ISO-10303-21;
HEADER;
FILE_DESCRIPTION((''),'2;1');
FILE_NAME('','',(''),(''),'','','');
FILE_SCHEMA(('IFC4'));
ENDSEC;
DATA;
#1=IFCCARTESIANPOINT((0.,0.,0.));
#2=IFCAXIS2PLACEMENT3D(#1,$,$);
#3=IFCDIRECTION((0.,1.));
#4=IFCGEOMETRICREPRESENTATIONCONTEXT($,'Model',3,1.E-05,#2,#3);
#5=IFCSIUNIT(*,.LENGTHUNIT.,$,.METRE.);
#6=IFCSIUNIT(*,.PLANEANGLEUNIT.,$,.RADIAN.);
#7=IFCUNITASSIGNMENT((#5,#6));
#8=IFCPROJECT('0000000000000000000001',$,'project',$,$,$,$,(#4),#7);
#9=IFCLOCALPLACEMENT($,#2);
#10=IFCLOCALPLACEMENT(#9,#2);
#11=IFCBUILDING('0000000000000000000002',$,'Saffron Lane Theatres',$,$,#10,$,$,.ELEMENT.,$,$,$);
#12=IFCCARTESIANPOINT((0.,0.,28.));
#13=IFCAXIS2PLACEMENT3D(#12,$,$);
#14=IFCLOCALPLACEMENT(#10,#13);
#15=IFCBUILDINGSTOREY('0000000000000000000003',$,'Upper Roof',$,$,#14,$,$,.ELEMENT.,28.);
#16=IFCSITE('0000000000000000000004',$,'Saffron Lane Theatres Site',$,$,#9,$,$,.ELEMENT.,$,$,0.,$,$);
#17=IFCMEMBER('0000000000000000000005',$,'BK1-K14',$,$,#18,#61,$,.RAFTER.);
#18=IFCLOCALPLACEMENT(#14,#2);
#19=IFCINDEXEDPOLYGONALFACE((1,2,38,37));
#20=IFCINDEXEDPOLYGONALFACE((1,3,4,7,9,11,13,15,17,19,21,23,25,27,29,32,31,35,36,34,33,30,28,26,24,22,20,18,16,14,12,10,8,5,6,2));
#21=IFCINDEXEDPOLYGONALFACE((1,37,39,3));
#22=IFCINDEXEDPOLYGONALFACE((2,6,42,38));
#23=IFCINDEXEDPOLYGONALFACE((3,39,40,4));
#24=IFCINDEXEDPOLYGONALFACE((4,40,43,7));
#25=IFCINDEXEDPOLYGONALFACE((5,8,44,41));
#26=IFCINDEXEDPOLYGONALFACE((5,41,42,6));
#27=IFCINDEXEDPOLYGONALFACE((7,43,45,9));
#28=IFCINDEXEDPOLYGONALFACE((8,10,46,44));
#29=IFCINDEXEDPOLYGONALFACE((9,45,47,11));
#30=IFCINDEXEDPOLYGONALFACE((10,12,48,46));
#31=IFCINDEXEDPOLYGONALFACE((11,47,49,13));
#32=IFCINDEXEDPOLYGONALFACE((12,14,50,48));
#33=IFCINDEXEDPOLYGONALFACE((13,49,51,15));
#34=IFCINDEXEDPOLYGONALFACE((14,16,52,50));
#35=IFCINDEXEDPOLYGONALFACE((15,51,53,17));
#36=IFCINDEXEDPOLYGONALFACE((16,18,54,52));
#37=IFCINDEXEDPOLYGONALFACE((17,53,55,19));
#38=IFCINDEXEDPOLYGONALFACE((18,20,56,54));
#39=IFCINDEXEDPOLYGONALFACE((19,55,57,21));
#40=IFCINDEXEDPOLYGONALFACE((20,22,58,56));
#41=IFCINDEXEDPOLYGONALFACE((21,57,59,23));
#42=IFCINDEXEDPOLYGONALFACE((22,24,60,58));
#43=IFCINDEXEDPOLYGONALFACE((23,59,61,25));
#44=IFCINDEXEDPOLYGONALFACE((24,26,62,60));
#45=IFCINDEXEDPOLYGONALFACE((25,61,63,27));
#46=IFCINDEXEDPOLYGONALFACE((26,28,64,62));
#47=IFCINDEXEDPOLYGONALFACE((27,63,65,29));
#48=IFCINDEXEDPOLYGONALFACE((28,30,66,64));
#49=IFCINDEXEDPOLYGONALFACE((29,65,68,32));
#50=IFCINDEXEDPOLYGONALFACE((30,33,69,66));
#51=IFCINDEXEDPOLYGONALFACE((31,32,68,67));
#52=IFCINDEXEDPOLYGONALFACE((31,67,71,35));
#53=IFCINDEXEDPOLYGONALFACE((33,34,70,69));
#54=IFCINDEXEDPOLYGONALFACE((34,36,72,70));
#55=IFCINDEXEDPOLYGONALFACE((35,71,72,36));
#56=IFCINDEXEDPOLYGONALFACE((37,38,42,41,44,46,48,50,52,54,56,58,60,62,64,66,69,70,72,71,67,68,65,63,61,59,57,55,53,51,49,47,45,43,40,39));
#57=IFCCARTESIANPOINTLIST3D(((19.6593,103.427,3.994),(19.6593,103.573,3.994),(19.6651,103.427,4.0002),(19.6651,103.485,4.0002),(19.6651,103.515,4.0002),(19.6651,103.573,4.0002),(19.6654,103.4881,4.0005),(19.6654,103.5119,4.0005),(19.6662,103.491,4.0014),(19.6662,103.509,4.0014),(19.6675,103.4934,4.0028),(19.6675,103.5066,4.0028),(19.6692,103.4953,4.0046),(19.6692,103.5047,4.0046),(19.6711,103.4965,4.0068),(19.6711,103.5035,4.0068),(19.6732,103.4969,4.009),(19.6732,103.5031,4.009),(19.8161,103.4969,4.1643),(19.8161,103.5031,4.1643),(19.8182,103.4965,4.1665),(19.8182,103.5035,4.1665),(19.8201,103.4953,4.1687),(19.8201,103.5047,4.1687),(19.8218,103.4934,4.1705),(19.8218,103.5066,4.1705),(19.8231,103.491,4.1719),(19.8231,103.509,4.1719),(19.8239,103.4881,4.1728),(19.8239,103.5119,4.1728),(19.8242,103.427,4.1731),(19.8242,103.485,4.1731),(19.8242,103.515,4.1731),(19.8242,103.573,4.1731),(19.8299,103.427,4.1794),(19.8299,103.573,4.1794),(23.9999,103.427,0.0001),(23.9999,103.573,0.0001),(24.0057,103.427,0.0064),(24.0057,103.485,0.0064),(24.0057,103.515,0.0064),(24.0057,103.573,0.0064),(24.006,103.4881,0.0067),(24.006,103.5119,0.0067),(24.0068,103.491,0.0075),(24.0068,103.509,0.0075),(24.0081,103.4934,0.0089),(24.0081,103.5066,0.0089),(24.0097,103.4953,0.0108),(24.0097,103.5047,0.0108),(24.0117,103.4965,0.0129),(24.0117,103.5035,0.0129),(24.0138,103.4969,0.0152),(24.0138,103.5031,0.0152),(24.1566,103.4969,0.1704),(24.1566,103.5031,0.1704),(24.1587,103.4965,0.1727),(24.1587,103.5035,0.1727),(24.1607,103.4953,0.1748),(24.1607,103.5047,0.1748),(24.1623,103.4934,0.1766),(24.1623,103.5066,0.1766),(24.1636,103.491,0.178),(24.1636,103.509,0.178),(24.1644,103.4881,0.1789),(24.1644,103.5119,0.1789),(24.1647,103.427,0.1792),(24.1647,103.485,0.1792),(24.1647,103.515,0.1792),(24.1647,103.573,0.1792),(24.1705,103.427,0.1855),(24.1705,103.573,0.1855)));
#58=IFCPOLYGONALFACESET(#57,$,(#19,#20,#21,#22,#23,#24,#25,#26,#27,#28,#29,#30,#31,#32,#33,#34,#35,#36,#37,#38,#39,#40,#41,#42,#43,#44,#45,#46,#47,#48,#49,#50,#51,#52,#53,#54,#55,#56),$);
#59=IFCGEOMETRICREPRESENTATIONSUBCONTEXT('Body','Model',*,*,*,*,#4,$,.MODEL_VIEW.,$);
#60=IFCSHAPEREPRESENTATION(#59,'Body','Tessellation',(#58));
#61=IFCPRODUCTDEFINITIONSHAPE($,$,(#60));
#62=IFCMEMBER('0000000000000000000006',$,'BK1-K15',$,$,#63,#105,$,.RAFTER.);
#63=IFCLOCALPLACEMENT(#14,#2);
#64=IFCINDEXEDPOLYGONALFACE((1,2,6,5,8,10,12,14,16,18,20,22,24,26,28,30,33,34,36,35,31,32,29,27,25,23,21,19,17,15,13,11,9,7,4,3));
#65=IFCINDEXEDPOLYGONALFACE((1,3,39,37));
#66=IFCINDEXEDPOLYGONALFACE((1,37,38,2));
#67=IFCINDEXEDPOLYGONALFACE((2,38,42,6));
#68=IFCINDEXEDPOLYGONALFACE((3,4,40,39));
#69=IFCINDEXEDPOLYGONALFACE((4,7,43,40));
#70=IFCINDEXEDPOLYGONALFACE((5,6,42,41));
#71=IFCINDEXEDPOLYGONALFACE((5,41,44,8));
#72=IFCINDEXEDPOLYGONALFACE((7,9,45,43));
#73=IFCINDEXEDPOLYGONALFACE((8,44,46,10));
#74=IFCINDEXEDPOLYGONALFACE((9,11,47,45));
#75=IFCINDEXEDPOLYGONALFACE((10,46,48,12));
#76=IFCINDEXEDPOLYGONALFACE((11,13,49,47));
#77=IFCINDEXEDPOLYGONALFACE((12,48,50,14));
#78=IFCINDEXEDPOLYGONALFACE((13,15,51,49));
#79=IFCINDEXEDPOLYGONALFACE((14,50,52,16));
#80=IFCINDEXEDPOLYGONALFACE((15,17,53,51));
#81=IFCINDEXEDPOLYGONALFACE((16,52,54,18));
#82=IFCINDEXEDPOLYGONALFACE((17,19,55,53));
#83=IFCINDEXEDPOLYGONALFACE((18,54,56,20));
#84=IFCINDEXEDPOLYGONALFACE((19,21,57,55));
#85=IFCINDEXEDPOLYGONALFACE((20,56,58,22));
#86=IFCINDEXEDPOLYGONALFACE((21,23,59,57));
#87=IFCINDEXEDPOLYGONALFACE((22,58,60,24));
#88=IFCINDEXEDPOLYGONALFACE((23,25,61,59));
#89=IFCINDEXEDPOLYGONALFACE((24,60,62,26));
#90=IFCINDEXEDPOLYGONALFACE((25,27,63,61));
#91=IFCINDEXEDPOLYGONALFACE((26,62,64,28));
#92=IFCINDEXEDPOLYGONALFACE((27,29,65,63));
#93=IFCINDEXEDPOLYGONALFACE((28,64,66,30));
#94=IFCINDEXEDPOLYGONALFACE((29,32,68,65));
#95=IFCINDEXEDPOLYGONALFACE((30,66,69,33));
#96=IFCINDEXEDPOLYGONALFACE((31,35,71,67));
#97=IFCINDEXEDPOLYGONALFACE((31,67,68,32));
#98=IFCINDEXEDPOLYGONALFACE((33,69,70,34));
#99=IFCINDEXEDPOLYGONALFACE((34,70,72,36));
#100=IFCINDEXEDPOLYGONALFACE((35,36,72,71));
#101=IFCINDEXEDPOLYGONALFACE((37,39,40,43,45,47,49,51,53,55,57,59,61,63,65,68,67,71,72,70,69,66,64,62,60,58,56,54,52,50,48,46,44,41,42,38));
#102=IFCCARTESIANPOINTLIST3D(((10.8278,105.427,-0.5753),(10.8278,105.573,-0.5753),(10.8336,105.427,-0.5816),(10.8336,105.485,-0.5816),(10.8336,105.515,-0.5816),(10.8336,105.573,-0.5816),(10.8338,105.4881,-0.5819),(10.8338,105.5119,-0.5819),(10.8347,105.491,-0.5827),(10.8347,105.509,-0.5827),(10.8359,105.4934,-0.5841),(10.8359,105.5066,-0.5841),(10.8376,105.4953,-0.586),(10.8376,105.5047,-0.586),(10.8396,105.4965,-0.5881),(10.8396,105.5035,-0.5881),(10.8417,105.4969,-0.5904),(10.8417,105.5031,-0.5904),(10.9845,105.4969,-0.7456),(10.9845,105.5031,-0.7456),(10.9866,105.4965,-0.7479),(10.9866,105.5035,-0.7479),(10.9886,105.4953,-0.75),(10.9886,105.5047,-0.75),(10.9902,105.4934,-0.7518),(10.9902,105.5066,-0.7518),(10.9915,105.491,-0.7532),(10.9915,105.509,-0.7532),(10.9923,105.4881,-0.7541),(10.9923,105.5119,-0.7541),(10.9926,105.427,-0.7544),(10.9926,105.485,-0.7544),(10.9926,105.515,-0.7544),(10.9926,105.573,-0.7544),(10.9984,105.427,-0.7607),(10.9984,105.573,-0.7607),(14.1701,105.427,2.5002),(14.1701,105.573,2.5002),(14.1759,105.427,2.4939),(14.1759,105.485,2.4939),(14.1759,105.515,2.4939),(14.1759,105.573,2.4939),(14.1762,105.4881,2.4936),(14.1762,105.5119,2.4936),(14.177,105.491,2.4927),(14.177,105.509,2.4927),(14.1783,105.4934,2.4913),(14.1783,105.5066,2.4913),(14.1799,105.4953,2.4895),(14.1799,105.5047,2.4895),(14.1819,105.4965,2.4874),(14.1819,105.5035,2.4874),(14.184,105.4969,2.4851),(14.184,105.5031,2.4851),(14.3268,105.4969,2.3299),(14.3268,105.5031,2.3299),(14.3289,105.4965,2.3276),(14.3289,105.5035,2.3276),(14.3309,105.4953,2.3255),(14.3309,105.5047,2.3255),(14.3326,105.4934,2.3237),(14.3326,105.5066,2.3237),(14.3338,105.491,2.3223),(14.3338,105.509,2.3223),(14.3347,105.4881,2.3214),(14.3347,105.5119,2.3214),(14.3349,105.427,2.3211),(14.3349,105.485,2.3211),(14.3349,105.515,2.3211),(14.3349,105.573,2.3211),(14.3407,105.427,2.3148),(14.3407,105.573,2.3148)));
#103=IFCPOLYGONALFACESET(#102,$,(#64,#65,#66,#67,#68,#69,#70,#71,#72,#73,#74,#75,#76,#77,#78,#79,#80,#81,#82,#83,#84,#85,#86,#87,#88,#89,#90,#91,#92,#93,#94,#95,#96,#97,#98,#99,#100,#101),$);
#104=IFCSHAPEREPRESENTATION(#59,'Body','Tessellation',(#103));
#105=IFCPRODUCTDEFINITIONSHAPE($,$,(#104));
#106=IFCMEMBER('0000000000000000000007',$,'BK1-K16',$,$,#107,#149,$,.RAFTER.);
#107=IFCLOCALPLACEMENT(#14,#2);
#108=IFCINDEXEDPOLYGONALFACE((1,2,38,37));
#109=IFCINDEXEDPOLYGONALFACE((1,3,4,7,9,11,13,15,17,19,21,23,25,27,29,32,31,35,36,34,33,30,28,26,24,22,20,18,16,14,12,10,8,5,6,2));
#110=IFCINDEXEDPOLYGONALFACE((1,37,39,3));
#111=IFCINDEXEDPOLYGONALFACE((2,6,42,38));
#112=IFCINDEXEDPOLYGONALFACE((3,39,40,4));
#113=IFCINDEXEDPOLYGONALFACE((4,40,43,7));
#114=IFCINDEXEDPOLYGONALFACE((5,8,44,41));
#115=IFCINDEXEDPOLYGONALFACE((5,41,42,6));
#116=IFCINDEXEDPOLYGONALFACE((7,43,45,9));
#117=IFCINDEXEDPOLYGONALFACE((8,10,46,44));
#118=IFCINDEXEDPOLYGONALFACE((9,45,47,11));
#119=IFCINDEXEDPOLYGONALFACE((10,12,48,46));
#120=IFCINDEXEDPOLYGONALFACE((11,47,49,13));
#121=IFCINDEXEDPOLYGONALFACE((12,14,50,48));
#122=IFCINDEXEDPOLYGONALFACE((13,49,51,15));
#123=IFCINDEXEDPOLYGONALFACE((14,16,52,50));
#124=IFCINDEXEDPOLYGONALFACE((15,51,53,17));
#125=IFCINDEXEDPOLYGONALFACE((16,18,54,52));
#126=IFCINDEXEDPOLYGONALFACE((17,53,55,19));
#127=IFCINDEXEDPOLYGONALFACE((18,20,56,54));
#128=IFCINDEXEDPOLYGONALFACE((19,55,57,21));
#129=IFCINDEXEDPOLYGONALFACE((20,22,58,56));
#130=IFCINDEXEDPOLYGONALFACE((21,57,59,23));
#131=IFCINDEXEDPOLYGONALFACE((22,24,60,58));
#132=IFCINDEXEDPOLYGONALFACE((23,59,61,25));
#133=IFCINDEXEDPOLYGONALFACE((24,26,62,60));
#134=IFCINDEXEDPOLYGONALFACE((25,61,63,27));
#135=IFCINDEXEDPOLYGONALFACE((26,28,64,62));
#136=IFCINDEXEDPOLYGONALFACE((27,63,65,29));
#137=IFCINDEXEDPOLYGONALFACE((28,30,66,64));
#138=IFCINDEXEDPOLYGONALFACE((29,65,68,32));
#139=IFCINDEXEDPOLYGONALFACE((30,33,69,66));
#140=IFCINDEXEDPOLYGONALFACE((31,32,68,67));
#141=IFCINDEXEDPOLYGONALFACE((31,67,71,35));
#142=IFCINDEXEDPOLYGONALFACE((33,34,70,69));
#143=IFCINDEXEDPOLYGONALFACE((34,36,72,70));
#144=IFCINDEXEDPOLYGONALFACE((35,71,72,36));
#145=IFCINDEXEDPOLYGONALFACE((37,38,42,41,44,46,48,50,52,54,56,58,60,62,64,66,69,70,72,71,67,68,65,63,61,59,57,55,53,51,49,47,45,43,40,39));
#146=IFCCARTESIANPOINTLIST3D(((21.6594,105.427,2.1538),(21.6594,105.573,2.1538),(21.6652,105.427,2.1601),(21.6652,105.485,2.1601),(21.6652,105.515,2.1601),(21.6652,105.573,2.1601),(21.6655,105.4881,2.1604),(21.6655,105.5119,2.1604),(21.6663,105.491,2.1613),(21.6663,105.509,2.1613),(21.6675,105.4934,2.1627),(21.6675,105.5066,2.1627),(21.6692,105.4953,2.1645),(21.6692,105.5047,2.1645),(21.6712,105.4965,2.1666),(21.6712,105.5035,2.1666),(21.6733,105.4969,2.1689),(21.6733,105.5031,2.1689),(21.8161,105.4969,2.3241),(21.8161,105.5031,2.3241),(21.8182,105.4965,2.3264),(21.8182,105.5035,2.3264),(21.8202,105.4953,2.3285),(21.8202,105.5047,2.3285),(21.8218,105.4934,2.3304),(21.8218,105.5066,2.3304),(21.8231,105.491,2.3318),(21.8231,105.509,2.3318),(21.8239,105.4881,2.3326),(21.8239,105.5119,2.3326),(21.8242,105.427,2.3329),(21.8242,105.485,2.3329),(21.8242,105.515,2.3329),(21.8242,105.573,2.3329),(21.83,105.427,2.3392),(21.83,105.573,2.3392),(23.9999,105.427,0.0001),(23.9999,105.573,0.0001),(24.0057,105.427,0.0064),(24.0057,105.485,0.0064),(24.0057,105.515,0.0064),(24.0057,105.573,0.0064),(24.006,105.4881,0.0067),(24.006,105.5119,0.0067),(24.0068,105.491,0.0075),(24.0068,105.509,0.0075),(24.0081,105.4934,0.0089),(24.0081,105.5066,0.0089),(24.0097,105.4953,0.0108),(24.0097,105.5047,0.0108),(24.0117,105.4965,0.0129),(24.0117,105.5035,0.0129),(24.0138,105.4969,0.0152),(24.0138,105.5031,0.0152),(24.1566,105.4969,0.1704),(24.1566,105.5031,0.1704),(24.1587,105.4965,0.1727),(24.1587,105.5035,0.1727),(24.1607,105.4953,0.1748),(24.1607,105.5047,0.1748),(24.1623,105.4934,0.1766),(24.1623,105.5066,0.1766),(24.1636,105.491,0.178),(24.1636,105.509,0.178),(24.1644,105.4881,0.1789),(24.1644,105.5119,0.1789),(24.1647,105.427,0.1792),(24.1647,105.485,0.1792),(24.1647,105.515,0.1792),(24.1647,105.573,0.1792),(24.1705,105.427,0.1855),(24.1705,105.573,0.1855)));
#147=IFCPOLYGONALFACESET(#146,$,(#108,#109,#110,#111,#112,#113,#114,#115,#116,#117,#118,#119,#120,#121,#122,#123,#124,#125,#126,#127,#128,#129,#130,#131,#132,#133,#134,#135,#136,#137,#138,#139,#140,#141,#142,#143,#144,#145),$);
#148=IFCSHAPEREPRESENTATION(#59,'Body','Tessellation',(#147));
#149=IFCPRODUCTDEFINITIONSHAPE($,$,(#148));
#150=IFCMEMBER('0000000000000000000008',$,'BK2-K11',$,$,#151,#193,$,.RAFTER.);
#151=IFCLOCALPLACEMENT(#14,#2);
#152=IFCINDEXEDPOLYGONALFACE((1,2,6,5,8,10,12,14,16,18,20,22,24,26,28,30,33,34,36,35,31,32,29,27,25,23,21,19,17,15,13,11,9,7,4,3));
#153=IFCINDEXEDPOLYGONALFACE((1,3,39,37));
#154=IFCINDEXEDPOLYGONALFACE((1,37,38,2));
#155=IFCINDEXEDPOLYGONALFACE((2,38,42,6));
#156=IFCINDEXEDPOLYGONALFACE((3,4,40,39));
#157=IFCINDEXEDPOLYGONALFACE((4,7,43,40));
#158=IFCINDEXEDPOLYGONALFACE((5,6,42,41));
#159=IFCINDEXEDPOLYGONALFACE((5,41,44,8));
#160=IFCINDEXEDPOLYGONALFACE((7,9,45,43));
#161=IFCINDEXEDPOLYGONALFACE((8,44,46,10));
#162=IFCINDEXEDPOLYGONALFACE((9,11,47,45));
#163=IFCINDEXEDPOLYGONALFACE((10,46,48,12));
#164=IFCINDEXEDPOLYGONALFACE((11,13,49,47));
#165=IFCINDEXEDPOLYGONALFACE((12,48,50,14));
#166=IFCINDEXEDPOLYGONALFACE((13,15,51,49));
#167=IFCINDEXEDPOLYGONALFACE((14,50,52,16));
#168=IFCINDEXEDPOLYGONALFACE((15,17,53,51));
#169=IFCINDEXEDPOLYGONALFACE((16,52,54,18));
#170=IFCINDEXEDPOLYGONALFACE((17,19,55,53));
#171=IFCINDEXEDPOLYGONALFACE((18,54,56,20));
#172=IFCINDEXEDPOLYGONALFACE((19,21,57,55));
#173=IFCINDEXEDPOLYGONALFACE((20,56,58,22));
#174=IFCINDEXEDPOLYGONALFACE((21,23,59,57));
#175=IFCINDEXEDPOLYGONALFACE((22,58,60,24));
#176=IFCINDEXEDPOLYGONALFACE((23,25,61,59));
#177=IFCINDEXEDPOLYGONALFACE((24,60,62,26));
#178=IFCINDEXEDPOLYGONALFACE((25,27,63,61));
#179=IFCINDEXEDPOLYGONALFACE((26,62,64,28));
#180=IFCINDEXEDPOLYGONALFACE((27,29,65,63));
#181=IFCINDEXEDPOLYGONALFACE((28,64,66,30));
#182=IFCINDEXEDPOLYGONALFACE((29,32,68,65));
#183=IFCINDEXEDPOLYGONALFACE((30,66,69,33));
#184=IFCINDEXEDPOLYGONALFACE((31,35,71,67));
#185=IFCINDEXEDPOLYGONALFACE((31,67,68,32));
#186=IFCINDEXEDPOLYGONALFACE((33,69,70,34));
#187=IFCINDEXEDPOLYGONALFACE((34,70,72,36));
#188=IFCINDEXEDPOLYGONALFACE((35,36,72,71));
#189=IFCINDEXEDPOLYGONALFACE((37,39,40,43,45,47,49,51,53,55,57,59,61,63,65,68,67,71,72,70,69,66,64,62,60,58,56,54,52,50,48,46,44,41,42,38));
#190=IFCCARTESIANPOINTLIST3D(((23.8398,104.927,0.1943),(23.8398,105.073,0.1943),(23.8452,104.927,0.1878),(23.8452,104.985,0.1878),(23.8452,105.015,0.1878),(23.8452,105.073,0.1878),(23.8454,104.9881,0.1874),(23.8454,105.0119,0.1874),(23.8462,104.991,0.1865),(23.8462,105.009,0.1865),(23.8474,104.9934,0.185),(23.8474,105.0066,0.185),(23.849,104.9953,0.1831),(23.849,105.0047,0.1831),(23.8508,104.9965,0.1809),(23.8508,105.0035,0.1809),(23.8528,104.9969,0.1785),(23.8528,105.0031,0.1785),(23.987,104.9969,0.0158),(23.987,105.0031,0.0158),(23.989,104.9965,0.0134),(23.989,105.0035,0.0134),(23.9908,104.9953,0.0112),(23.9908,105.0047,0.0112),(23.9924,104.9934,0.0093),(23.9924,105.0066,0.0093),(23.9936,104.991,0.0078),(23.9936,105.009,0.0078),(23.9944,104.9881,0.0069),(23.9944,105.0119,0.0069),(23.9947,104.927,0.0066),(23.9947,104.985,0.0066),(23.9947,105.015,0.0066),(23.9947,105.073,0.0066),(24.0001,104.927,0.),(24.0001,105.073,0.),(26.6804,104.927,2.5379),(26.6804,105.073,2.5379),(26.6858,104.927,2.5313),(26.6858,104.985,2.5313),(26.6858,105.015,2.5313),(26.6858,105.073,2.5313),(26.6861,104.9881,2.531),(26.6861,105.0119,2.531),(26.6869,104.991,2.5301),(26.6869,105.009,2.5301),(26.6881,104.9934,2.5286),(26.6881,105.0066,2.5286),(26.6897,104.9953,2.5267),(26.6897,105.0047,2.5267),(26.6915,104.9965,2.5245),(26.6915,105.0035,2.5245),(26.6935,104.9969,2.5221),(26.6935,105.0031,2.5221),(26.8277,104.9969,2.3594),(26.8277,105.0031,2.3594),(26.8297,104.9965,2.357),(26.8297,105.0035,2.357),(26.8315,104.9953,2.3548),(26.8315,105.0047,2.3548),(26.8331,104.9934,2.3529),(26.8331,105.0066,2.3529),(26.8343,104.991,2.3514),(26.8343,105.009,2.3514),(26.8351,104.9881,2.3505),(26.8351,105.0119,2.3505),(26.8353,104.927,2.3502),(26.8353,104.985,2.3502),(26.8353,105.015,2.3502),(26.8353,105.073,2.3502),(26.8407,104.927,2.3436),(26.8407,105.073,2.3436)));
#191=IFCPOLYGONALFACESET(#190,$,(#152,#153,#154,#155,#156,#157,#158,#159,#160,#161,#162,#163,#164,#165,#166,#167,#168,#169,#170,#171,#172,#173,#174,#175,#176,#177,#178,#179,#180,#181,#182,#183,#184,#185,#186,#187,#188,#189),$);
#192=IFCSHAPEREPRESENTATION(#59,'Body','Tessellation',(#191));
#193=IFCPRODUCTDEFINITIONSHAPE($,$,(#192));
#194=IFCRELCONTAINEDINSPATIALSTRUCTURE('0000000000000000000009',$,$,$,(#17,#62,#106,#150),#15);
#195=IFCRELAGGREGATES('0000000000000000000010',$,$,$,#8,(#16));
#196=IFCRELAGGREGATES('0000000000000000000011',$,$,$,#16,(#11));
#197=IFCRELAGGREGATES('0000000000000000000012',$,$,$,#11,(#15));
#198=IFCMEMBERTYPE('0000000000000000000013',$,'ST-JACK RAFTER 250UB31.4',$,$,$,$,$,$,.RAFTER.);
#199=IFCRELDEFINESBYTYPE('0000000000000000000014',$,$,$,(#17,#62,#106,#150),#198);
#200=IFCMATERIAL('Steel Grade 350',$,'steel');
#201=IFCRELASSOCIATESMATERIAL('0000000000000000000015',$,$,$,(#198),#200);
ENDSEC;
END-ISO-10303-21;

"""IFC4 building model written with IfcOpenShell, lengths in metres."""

from ifc_helpers import new_model, si_unit, direction, frame, origin, origin_2d, place, context, subcontext, project, spatial, i_section, extrude, material, material_profile, profile_set, type_object, element, save


model = new_model("IFC4")

# Units and contexts
model_context = context("Model", 3, precision=1e-05, world=origin(), true_north=direction((0.0, 1.0)))
body_context = subcontext(model_context, "Body", "Model", "MODEL_VIEW")
ifc_project = project(units=[si_unit("LENGTHUNIT", "METRE"), si_unit("PLANEANGLEUNIT", "RADIAN")], contexts=[model_context])

# Site, building, storey
site_placement = place(None, origin())
site = spatial("IfcSite", under=ifc_project, at=site_placement, Name="Saffron Lane Theatres Site", CompositionType="ELEMENT", RefElevation=0.0)
building_placement = place(site_placement, origin())
building = spatial("IfcBuilding", under=site, at=building_placement, Name="Saffron Lane Theatres", CompositionType="ELEMENT")
storey_placement = place(building_placement, frame((0.0, 0.0, 28.0)))
storey = spatial("IfcBuildingStorey", under=building, at=storey_placement, Name="Upper Roof", CompositionType="ELEMENT", Elevation=28.0)

# Members
ifc_material_1 = material(Name="Steel Grade 350", Category="steel")
ifc_material_profile_1 = material_profile(ifc_material_1, i_section(OverallWidth=0.146, OverallDepth=0.252, WebThickness=0.0061, FlangeThickness=0.0085, FilletRadius=0.012, at=origin_2d()))
ifc_profile_set_1 = profile_set([ifc_material_profile_1], Name="Steel Grade 350")
member_type_1 = type_object("IfcMemberType", Name="ST-JACK RAFTER 250UB31.4", PredefinedType="RAFTER", material=ifc_profile_set_1)
member_1_placement = place(storey_placement, frame((24.0852, 103.5, 0.0928), z_axis=(-0.735883, 0.0, 0.677109), x_axis=(0.0, -1.0, 0.0)))
element("IfcMember", 1, at=member_1_placement, inside=storey, type_object=member_type_1, Name="BK1-K14", PredefinedType="RAFTER", context=body_context, shape_type="SweptSolid", body=[
    extrude(i_section(OverallWidth=0.146, OverallDepth=0.252, WebThickness=0.0061, FlangeThickness=0.0085, FilletRadius=0.012, at=origin_2d()), origin(), (0.0, 0.0, 1.0), 5.8984),
])
member_2_placement = place(storey_placement, frame((10.9131, 105.5, -0.668), z_axis=(0.735872, 0.0, 0.677121), x_axis=(0.0, 1.0, 0.0)))
element("IfcMember", 2, at=member_2_placement, inside=storey, type_object=member_type_1, Name="BK1-K15", PredefinedType="RAFTER", context=body_context, shape_type="SweptSolid", body=[
    extrude(i_section(OverallWidth=0.146, OverallDepth=0.252, WebThickness=0.0061, FlangeThickness=0.0085, FilletRadius=0.012, at=origin_2d()), origin(), (0.0, 0.0, 1.0), 4.542),
])
member_3_placement = place(storey_placement, frame((24.0852, 105.5, 0.0928), z_axis=(-0.735856, 0.0, 0.677138), x_axis=(0.0, -1.0, 0.0)))
element("IfcMember", 3, at=member_3_placement, inside=storey, type_object=member_type_1, Name="BK1-K16", PredefinedType="RAFTER", context=body_context, shape_type="SweptSolid", body=[
    extrude(i_section(OverallWidth=0.146, OverallDepth=0.252, WebThickness=0.0061, FlangeThickness=0.0085, FilletRadius=0.012, at=origin_2d()), origin(), (0.0, 0.0, 1.0), 3.1807),
])
member_4_placement = place(storey_placement, frame((23.9199, 105.0, 0.0972), z_axis=(0.771369, 0.0, 0.636388), x_axis=(0.0, 1.0, 0.0)))
element("IfcMember", 4, at=member_4_placement, inside=storey, type_object=member_type_1, Name="BK2-K11", PredefinedType="RAFTER", context=body_context, shape_type="SweptSolid", body=[
    extrude(i_section(OverallWidth=0.146, OverallDepth=0.252, WebThickness=0.0061, FlangeThickness=0.0085, FilletRadius=0.012, at=origin_2d()), origin(), (0.0, 0.0, 1.0), 3.6826),
])

save(model, "model.ifc")
